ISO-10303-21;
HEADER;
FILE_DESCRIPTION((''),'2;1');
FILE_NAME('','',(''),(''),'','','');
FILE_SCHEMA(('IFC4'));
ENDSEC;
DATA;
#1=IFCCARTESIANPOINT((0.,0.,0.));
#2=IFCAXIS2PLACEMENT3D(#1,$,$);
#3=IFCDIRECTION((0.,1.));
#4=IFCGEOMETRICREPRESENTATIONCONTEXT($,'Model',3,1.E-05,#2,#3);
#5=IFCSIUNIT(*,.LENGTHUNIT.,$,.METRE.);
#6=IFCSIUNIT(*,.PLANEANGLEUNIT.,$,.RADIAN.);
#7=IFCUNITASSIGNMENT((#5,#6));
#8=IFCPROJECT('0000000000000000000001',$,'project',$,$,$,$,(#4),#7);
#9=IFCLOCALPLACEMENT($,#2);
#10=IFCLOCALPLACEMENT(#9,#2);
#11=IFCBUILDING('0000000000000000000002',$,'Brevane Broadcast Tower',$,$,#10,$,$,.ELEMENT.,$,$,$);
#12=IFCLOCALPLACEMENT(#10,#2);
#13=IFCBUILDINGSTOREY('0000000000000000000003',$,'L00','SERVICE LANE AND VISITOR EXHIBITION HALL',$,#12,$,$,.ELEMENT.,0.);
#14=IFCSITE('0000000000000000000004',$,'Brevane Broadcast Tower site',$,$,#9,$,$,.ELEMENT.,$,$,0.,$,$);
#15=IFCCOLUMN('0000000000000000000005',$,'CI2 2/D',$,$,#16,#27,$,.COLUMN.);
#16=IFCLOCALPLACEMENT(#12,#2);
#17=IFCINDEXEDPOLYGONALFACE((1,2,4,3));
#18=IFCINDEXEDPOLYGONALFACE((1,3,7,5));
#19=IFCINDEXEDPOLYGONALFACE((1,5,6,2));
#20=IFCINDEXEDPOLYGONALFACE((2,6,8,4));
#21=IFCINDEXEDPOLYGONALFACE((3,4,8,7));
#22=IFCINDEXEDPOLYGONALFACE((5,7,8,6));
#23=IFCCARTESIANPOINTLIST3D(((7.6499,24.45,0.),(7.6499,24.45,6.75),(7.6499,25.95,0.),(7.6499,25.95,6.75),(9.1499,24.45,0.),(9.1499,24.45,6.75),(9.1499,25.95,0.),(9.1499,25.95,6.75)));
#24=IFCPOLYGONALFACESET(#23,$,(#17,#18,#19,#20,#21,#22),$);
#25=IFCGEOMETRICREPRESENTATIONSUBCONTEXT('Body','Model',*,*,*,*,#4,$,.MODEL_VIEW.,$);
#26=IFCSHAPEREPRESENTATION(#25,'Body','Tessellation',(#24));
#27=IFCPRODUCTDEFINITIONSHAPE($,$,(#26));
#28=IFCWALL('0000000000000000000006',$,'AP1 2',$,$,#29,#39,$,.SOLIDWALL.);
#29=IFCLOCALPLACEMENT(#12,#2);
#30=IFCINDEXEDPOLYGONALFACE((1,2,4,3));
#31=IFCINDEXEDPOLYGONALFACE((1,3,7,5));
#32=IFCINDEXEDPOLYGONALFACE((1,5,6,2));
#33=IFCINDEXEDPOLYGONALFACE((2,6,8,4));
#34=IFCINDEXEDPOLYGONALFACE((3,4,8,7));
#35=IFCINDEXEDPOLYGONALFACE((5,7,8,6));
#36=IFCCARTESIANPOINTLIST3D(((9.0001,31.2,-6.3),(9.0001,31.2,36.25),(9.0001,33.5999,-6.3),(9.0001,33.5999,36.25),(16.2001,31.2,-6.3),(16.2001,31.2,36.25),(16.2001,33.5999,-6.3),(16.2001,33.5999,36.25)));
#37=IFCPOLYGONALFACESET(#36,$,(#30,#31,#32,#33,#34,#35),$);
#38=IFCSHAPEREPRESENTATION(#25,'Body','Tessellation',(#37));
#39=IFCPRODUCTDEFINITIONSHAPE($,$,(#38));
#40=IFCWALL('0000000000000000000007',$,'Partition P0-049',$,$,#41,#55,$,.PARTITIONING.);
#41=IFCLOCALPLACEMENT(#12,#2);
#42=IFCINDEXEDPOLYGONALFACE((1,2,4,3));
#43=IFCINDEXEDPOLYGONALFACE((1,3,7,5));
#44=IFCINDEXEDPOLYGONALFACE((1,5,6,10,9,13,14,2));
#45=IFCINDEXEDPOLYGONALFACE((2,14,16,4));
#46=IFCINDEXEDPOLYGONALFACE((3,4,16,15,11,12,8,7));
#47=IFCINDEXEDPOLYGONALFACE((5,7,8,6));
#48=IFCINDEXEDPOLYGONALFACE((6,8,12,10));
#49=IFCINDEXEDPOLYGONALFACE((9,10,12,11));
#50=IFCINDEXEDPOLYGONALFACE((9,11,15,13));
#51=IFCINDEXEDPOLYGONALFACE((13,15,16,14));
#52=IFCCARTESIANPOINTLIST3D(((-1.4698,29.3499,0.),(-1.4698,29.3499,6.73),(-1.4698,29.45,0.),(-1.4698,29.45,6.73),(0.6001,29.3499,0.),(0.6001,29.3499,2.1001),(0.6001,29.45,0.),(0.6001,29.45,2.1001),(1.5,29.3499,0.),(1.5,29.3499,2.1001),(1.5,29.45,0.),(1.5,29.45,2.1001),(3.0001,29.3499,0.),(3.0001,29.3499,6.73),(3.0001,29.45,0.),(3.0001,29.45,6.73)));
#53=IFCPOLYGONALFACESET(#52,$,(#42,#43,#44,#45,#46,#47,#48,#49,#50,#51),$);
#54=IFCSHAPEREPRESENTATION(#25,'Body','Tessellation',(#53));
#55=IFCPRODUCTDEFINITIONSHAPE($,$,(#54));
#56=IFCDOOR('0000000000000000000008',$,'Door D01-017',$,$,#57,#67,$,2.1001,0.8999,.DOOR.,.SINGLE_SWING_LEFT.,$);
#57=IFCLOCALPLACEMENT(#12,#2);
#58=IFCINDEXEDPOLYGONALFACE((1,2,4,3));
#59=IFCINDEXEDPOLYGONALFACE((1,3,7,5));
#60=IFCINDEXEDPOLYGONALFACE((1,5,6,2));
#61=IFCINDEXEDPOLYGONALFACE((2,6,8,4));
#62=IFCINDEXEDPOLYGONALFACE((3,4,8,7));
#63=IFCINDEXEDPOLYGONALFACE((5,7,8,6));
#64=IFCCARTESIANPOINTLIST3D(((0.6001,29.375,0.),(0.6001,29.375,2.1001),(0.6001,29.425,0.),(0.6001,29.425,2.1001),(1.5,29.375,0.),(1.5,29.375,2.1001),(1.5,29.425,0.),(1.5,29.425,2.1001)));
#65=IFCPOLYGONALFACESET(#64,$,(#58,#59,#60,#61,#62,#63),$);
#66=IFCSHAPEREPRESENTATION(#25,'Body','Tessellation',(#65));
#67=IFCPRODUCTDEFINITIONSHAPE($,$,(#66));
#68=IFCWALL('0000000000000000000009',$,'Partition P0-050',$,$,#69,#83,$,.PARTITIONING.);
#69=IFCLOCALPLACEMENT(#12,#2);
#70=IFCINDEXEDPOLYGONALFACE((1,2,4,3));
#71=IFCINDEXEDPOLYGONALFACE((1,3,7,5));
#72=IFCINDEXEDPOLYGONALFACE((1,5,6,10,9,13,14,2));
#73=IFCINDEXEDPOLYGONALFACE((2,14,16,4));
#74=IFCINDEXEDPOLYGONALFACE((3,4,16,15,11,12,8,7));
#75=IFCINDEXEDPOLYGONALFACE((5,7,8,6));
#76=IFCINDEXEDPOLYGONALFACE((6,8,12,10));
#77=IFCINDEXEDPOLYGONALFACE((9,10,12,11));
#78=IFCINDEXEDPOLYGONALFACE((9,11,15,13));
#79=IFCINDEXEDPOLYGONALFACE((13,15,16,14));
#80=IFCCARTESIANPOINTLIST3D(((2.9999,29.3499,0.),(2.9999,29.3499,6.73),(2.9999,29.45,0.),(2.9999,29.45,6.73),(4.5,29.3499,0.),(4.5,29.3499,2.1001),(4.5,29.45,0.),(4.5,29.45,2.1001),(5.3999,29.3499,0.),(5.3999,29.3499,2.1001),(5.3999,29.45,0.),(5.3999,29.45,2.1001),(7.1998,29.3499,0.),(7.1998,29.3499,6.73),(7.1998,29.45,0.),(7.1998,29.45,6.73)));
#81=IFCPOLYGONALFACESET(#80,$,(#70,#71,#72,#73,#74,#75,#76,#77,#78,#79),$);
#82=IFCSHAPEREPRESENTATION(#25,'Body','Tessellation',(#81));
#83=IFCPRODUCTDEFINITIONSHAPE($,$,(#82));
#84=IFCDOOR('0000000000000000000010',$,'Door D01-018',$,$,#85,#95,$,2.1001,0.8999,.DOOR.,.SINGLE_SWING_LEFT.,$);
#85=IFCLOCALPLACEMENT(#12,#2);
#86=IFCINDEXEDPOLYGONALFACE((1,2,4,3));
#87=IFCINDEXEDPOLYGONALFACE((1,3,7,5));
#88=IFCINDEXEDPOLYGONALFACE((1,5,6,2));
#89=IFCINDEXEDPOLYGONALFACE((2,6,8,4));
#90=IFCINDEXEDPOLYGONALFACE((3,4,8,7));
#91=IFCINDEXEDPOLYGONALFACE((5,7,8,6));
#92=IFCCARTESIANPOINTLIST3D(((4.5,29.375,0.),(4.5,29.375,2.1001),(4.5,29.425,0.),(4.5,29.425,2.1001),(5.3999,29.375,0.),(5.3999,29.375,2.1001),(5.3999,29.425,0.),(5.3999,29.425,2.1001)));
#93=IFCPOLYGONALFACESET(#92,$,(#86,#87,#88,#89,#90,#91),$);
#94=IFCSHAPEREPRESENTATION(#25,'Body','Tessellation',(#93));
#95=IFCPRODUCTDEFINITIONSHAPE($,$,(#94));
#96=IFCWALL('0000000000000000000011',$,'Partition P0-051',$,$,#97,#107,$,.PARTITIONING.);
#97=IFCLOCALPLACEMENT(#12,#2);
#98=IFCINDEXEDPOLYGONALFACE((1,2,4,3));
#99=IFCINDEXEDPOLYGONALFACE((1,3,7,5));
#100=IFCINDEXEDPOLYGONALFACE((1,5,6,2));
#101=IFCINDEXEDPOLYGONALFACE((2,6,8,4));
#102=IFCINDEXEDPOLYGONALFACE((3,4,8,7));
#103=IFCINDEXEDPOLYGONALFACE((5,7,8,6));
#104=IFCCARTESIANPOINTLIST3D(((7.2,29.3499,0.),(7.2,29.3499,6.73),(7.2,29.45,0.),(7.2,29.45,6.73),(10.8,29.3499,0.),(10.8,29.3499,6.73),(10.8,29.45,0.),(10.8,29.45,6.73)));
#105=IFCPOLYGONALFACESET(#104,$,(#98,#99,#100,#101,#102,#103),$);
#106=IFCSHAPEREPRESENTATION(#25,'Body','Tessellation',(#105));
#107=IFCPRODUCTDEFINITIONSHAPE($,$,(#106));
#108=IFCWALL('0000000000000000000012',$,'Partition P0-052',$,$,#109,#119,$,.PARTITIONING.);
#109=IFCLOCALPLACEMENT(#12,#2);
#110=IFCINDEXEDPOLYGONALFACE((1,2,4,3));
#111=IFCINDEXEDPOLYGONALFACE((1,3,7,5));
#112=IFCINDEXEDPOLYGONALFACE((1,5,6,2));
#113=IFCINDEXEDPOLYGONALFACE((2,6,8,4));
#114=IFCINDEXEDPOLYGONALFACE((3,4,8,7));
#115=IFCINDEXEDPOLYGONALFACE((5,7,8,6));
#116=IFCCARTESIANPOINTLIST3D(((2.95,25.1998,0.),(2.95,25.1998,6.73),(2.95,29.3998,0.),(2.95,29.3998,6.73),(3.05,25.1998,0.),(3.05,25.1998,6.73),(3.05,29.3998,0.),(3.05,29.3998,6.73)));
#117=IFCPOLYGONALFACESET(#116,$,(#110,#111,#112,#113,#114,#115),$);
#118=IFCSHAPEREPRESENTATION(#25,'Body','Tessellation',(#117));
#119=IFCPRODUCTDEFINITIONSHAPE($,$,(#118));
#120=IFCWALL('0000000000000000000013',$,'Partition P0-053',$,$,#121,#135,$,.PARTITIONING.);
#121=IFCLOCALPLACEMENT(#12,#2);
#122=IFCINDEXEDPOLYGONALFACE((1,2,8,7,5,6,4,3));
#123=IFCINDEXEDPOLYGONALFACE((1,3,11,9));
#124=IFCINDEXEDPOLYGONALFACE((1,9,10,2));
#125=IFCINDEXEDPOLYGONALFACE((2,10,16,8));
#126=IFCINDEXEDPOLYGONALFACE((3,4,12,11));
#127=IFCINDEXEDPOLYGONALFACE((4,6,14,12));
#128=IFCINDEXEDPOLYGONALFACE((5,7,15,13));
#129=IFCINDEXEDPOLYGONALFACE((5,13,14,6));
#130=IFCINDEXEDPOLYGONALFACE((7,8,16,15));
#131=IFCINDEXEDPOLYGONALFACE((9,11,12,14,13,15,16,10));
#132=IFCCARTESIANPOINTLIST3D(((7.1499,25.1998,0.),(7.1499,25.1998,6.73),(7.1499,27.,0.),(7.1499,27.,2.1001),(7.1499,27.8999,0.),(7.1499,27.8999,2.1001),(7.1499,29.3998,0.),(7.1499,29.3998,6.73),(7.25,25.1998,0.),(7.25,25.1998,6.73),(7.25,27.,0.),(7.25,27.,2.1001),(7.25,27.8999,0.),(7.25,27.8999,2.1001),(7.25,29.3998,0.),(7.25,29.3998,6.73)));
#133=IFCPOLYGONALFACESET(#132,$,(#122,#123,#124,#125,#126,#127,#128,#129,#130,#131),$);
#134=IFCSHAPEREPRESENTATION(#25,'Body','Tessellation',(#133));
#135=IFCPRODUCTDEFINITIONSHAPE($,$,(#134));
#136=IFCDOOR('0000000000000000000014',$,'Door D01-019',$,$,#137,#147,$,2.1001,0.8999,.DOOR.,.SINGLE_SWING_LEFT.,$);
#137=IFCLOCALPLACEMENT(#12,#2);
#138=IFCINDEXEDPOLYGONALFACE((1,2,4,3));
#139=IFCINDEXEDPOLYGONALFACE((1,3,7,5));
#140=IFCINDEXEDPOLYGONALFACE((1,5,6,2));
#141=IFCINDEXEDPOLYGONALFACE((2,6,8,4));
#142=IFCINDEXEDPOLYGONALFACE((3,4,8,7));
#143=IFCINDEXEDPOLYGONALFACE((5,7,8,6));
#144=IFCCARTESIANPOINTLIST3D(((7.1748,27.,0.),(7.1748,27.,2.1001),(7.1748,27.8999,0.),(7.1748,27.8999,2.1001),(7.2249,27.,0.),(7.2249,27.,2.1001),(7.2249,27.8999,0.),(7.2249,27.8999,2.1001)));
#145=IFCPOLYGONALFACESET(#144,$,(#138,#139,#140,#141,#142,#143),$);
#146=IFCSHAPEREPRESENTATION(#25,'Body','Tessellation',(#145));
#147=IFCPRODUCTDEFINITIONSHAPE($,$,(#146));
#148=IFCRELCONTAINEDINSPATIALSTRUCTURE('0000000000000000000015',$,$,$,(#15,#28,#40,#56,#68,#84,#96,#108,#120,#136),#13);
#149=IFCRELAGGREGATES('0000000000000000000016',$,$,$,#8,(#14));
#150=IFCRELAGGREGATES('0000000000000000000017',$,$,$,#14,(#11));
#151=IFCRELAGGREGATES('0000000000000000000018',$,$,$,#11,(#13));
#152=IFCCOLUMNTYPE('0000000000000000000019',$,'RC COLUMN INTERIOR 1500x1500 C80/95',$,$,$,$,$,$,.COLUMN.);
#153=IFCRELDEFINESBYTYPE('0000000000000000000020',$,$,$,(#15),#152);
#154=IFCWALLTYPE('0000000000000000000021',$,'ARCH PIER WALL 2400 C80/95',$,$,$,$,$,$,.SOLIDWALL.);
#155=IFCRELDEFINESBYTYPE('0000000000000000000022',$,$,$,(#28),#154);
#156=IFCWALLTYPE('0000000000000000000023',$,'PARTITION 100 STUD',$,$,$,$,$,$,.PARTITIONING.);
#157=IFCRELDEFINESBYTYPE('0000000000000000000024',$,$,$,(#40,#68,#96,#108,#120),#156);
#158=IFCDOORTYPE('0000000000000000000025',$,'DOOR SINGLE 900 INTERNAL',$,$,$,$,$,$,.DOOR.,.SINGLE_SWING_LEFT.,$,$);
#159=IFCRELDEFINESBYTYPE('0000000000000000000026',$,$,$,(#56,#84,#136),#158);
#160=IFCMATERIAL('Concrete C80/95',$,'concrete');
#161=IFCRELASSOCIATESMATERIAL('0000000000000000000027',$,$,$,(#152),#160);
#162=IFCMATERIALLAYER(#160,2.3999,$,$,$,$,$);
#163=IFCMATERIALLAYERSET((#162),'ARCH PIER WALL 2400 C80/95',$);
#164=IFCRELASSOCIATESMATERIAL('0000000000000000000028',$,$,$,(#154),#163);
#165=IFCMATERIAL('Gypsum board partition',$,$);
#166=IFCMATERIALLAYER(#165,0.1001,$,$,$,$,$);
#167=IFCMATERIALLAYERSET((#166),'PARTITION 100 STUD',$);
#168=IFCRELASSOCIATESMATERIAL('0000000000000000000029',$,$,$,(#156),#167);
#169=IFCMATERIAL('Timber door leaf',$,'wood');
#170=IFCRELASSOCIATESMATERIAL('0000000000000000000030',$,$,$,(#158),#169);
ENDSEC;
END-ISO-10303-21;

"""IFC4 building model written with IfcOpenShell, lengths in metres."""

from ifc_helpers import new_model, si_unit, direction, frame, frame_2d, origin, origin_2d, place, context, subcontext, project, spatial, rectangle, extrude, material, layer, layer_set, material_profile, profile_set, type_object, element, fill, save


model = new_model("IFC4")

# Units and contexts
model_context = context("Model", 3, precision=1e-05, world=origin(), true_north=direction((0.0, 1.0)))
body_context = subcontext(model_context, "Body", "Model", "MODEL_VIEW")
ifc_project = project(units=[si_unit("LENGTHUNIT", "METRE"), si_unit("PLANEANGLEUNIT", "RADIAN")], contexts=[model_context])

# Site, building, storey
site_placement = place(None, origin())
site = spatial("IfcSite", under=ifc_project, at=site_placement, Name="Brevane Broadcast Tower site", CompositionType="ELEMENT", RefElevation=0.0)
building_placement = place(site_placement, origin())
building = spatial("IfcBuilding", under=site, at=building_placement, Name="Brevane Broadcast Tower", CompositionType="ELEMENT")
storey_placement = place(building_placement, origin())
storey = spatial("IfcBuildingStorey", under=building, at=storey_placement, Name="L00", Description="SERVICE LANE AND VISITOR EXHIBITION HALL", CompositionType="ELEMENT", Elevation=0.0)

# Column
ifc_material_1 = material(Name="Concrete C80/95", Category="concrete")
ifc_material_profile = material_profile(ifc_material_1, rectangle(XDim=1.5, YDim=1.5, at=origin_2d()), Name="RC 1500x1500")
ifc_profile_set = profile_set([ifc_material_profile], Name="Concrete C80/95")
column_type = type_object("IfcColumnType", Name="RC COLUMN INTERIOR 1500x1500 C80/95", PredefinedType="COLUMN", material=ifc_profile_set)
column_placement = place(storey_placement, frame((8.3999, 25.2, 0.0), z_axis=(0.0, 0.0, 1.0), x_axis=(1.0, 0.0, 0.0)))
element("IfcColumn", 1, at=column_placement, inside=storey, type_object=column_type, Name="CI2 2/D", PredefinedType="COLUMN", context=body_context, shape_type="SweptSolid", body=[
    extrude(rectangle(XDim=1.5, YDim=1.5, at=origin_2d()), origin(), (0.0, 0.0, 1.0), 6.75),
])

# Wall
ifc_layer_1 = layer(ifc_material_1, 2.3999)
ifc_layer_set_1 = layer_set([ifc_layer_1], Name="ARCH PIER WALL 2400 C80/95")
wall_type_1 = type_object("IfcWallType", Name="ARCH PIER WALL 2400 C80/95", PredefinedType="SOLIDWALL", material=ifc_layer_set_1)
wall_1_placement = place(storey_placement, frame((9.0, 32.3999, -6.3), z_axis=(0.0, 0.0, 1.0), x_axis=(1.0, 0.0, 0.0)))
element("IfcWall", 2, at=wall_1_placement, inside=storey, type_object=wall_type_1, Name="AP1 2", PredefinedType="SOLIDWALL", context=body_context, shape_type="SweptSolid", body=[
    extrude(rectangle(XDim=7.2, YDim=2.3999, at=frame_2d((3.6001, 0.0))), origin(), (0.0, 0.0, 1.0), 42.55),
])

# Walls, openings, doors
ifc_material_2 = material(Name="Gypsum board partition")
ifc_layer_2 = layer(ifc_material_2, 0.1001)
ifc_layer_set_2 = layer_set([ifc_layer_2], Name="PARTITION 100 STUD")
wall_type_2 = type_object("IfcWallType", Name="PARTITION 100 STUD", PredefinedType="PARTITIONING", material=ifc_layer_set_2)
wall_2_placement = place(storey_placement, frame((3.0, 29.3999, 0.0), z_axis=(0.0, 0.0, 1.0), x_axis=(-1.0, 0.0, 0.0)))
wall_2 = element("IfcWall", 3, at=wall_2_placement, inside=storey, type_object=wall_type_2, Name="Partition P0-049", PredefinedType="PARTITIONING", context=body_context, shape_type="SweptSolid", body=[
    extrude(rectangle(XDim=4.47, YDim=0.1001, at=frame_2d((2.2349, 0.0))), origin(), (0.0, 0.0, 1.0), 6.73),
])
opening_1_placement = place(wall_2_placement, frame((1.5, 0.0, 0.0)))
opening_1 = element("IfcOpeningElement", 4, at=opening_1_placement, cuts=wall_2, PredefinedType="OPENING", context=body_context, shape_type="SweptSolid", body=[
    extrude(rectangle(XDim=0.8999, YDim=2.1001, at=frame_2d((0.45, 1.05))), frame((0.0, 0.0601, 0.0), z_axis=(0.0, -1.0, 0.0), x_axis=(1.0, 0.0, 0.0)), (0.0, 0.0, 1.0), 0.1201),
])
ifc_material_3 = material(Name="Timber door leaf", Category="wood")
door_type_1 = type_object("IfcDoorType", Name="DOOR SINGLE 900 INTERNAL", OperationType="SINGLE_SWING_LEFT", PredefinedType="DOOR", material=ifc_material_3)
door_1_placement = place(opening_1_placement, origin())
door_1 = element("IfcDoor", 5, at=door_1_placement, inside=storey, type_object=door_type_1, Name="Door D01-017", OperationType="SINGLE_SWING_LEFT", OverallHeight=2.1001, OverallWidth=0.8999, PredefinedType="DOOR", context=body_context, shape_type="SweptSolid", body=[
    extrude(rectangle(XDim=0.8999, YDim=2.1001, at=frame_2d((0.45, 1.05))), frame((0.0, 0.0249, 0.0), z_axis=(0.0, -1.0, 0.0), x_axis=(1.0, 0.0, 0.0)), (0.0, 0.0, 1.0), 0.05),
])
fill(opening_1, door_1)
wall_3_placement = place(storey_placement, frame((7.2, 29.3999, 0.0), z_axis=(0.0, 0.0, 1.0), x_axis=(-1.0, 0.0, 0.0)))
wall_3 = element("IfcWall", 6, at=wall_3_placement, inside=storey, type_object=wall_type_2, Name="Partition P0-050", PredefinedType="PARTITIONING", context=body_context, shape_type="SweptSolid", body=[
    extrude(rectangle(XDim=4.2, YDim=0.1001, at=frame_2d((2.1001, 0.0))), origin(), (0.0, 0.0, 1.0), 6.73),
])
opening_2_placement = place(wall_3_placement, frame((1.8, 0.0, 0.0)))
opening_2 = element("IfcOpeningElement", 7, at=opening_2_placement, cuts=wall_3, PredefinedType="OPENING", context=body_context, shape_type="SweptSolid", body=[
    extrude(rectangle(XDim=0.8999, YDim=2.1001, at=frame_2d((0.45, 1.05))), frame((0.0, 0.0601, 0.0), z_axis=(0.0, -1.0, 0.0), x_axis=(1.0, 0.0, 0.0)), (0.0, 0.0, 1.0), 0.1201),
])
door_2_placement = place(opening_2_placement, origin())
door_2 = element("IfcDoor", 8, at=door_2_placement, inside=storey, type_object=door_type_1, Name="Door D01-018", OperationType="SINGLE_SWING_LEFT", OverallHeight=2.1001, OverallWidth=0.8999, PredefinedType="DOOR", context=body_context, shape_type="SweptSolid", body=[
    extrude(rectangle(XDim=0.8999, YDim=2.1001, at=frame_2d((0.45, 1.05))), frame((0.0, 0.0249, 0.0), z_axis=(0.0, -1.0, 0.0), x_axis=(1.0, 0.0, 0.0)), (0.0, 0.0, 1.0), 0.05),
])
fill(opening_2, door_2)

# Walls
wall_4_placement = place(storey_placement, frame((10.8, 29.3999, 0.0), z_axis=(0.0, 0.0, 1.0), x_axis=(-1.0, 0.0, 0.0)))
element("IfcWall", 9, at=wall_4_placement, inside=storey, type_object=wall_type_2, Name="Partition P0-051", PredefinedType="PARTITIONING", context=body_context, shape_type="SweptSolid", body=[
    extrude(rectangle(XDim=3.6001, YDim=0.1001, at=frame_2d((1.8, 0.0))), origin(), (0.0, 0.0, 1.0), 6.73),
])
wall_5_placement = place(storey_placement, frame((3.0, 29.3999, 0.0), z_axis=(0.0, 0.0, 1.0), x_axis=(0.0, -1.0, 0.0)))
element("IfcWall", 10, at=wall_5_placement, inside=storey, type_object=wall_type_2, Name="Partition P0-052", PredefinedType="PARTITIONING", context=body_context, shape_type="SweptSolid", body=[
    extrude(rectangle(XDim=4.2, YDim=0.1001, at=frame_2d((2.1001, 0.0))), origin(), (0.0, 0.0, 1.0), 6.73),
])

# Wall, opening, door
wall_6_placement = place(storey_placement, frame((7.2, 29.3999, 0.0), z_axis=(0.0, 0.0, 1.0), x_axis=(0.0, -1.0, 0.0)))
wall_6 = element("IfcWall", 11, at=wall_6_placement, inside=storey, type_object=wall_type_2, Name="Partition P0-053", PredefinedType="PARTITIONING", context=body_context, shape_type="SweptSolid", body=[
    extrude(rectangle(XDim=4.2, YDim=0.1001, at=frame_2d((2.1001, 0.0))), origin(), (0.0, 0.0, 1.0), 6.73),
])
opening_3_placement = place(wall_6_placement, frame((1.5, 0.0, 0.0)))
opening_3 = element("IfcOpeningElement", 12, at=opening_3_placement, cuts=wall_6, PredefinedType="OPENING", context=body_context, shape_type="SweptSolid", body=[
    extrude(rectangle(XDim=0.8999, YDim=2.1001, at=frame_2d((0.45, 1.05))), frame((0.0, 0.0601, 0.0), z_axis=(0.0, -1.0, 0.0), x_axis=(1.0, 0.0, 0.0)), (0.0, 0.0, 1.0), 0.1201),
])
door_3_placement = place(opening_3_placement, origin())
door_3 = element("IfcDoor", 13, at=door_3_placement, inside=storey, type_object=door_type_1, Name="Door D01-019", OperationType="SINGLE_SWING_LEFT", OverallHeight=2.1001, OverallWidth=0.8999, PredefinedType="DOOR", context=body_context, shape_type="SweptSolid", body=[
    extrude(rectangle(XDim=0.8999, YDim=2.1001, at=frame_2d((0.45, 1.05))), frame((0.0, 0.0249, 0.0), z_axis=(0.0, -1.0, 0.0), x_axis=(1.0, 0.0, 0.0)), (0.0, 0.0, 1.0), 0.05),
])
fill(opening_3, door_3)

save(model, "model.ifc")
